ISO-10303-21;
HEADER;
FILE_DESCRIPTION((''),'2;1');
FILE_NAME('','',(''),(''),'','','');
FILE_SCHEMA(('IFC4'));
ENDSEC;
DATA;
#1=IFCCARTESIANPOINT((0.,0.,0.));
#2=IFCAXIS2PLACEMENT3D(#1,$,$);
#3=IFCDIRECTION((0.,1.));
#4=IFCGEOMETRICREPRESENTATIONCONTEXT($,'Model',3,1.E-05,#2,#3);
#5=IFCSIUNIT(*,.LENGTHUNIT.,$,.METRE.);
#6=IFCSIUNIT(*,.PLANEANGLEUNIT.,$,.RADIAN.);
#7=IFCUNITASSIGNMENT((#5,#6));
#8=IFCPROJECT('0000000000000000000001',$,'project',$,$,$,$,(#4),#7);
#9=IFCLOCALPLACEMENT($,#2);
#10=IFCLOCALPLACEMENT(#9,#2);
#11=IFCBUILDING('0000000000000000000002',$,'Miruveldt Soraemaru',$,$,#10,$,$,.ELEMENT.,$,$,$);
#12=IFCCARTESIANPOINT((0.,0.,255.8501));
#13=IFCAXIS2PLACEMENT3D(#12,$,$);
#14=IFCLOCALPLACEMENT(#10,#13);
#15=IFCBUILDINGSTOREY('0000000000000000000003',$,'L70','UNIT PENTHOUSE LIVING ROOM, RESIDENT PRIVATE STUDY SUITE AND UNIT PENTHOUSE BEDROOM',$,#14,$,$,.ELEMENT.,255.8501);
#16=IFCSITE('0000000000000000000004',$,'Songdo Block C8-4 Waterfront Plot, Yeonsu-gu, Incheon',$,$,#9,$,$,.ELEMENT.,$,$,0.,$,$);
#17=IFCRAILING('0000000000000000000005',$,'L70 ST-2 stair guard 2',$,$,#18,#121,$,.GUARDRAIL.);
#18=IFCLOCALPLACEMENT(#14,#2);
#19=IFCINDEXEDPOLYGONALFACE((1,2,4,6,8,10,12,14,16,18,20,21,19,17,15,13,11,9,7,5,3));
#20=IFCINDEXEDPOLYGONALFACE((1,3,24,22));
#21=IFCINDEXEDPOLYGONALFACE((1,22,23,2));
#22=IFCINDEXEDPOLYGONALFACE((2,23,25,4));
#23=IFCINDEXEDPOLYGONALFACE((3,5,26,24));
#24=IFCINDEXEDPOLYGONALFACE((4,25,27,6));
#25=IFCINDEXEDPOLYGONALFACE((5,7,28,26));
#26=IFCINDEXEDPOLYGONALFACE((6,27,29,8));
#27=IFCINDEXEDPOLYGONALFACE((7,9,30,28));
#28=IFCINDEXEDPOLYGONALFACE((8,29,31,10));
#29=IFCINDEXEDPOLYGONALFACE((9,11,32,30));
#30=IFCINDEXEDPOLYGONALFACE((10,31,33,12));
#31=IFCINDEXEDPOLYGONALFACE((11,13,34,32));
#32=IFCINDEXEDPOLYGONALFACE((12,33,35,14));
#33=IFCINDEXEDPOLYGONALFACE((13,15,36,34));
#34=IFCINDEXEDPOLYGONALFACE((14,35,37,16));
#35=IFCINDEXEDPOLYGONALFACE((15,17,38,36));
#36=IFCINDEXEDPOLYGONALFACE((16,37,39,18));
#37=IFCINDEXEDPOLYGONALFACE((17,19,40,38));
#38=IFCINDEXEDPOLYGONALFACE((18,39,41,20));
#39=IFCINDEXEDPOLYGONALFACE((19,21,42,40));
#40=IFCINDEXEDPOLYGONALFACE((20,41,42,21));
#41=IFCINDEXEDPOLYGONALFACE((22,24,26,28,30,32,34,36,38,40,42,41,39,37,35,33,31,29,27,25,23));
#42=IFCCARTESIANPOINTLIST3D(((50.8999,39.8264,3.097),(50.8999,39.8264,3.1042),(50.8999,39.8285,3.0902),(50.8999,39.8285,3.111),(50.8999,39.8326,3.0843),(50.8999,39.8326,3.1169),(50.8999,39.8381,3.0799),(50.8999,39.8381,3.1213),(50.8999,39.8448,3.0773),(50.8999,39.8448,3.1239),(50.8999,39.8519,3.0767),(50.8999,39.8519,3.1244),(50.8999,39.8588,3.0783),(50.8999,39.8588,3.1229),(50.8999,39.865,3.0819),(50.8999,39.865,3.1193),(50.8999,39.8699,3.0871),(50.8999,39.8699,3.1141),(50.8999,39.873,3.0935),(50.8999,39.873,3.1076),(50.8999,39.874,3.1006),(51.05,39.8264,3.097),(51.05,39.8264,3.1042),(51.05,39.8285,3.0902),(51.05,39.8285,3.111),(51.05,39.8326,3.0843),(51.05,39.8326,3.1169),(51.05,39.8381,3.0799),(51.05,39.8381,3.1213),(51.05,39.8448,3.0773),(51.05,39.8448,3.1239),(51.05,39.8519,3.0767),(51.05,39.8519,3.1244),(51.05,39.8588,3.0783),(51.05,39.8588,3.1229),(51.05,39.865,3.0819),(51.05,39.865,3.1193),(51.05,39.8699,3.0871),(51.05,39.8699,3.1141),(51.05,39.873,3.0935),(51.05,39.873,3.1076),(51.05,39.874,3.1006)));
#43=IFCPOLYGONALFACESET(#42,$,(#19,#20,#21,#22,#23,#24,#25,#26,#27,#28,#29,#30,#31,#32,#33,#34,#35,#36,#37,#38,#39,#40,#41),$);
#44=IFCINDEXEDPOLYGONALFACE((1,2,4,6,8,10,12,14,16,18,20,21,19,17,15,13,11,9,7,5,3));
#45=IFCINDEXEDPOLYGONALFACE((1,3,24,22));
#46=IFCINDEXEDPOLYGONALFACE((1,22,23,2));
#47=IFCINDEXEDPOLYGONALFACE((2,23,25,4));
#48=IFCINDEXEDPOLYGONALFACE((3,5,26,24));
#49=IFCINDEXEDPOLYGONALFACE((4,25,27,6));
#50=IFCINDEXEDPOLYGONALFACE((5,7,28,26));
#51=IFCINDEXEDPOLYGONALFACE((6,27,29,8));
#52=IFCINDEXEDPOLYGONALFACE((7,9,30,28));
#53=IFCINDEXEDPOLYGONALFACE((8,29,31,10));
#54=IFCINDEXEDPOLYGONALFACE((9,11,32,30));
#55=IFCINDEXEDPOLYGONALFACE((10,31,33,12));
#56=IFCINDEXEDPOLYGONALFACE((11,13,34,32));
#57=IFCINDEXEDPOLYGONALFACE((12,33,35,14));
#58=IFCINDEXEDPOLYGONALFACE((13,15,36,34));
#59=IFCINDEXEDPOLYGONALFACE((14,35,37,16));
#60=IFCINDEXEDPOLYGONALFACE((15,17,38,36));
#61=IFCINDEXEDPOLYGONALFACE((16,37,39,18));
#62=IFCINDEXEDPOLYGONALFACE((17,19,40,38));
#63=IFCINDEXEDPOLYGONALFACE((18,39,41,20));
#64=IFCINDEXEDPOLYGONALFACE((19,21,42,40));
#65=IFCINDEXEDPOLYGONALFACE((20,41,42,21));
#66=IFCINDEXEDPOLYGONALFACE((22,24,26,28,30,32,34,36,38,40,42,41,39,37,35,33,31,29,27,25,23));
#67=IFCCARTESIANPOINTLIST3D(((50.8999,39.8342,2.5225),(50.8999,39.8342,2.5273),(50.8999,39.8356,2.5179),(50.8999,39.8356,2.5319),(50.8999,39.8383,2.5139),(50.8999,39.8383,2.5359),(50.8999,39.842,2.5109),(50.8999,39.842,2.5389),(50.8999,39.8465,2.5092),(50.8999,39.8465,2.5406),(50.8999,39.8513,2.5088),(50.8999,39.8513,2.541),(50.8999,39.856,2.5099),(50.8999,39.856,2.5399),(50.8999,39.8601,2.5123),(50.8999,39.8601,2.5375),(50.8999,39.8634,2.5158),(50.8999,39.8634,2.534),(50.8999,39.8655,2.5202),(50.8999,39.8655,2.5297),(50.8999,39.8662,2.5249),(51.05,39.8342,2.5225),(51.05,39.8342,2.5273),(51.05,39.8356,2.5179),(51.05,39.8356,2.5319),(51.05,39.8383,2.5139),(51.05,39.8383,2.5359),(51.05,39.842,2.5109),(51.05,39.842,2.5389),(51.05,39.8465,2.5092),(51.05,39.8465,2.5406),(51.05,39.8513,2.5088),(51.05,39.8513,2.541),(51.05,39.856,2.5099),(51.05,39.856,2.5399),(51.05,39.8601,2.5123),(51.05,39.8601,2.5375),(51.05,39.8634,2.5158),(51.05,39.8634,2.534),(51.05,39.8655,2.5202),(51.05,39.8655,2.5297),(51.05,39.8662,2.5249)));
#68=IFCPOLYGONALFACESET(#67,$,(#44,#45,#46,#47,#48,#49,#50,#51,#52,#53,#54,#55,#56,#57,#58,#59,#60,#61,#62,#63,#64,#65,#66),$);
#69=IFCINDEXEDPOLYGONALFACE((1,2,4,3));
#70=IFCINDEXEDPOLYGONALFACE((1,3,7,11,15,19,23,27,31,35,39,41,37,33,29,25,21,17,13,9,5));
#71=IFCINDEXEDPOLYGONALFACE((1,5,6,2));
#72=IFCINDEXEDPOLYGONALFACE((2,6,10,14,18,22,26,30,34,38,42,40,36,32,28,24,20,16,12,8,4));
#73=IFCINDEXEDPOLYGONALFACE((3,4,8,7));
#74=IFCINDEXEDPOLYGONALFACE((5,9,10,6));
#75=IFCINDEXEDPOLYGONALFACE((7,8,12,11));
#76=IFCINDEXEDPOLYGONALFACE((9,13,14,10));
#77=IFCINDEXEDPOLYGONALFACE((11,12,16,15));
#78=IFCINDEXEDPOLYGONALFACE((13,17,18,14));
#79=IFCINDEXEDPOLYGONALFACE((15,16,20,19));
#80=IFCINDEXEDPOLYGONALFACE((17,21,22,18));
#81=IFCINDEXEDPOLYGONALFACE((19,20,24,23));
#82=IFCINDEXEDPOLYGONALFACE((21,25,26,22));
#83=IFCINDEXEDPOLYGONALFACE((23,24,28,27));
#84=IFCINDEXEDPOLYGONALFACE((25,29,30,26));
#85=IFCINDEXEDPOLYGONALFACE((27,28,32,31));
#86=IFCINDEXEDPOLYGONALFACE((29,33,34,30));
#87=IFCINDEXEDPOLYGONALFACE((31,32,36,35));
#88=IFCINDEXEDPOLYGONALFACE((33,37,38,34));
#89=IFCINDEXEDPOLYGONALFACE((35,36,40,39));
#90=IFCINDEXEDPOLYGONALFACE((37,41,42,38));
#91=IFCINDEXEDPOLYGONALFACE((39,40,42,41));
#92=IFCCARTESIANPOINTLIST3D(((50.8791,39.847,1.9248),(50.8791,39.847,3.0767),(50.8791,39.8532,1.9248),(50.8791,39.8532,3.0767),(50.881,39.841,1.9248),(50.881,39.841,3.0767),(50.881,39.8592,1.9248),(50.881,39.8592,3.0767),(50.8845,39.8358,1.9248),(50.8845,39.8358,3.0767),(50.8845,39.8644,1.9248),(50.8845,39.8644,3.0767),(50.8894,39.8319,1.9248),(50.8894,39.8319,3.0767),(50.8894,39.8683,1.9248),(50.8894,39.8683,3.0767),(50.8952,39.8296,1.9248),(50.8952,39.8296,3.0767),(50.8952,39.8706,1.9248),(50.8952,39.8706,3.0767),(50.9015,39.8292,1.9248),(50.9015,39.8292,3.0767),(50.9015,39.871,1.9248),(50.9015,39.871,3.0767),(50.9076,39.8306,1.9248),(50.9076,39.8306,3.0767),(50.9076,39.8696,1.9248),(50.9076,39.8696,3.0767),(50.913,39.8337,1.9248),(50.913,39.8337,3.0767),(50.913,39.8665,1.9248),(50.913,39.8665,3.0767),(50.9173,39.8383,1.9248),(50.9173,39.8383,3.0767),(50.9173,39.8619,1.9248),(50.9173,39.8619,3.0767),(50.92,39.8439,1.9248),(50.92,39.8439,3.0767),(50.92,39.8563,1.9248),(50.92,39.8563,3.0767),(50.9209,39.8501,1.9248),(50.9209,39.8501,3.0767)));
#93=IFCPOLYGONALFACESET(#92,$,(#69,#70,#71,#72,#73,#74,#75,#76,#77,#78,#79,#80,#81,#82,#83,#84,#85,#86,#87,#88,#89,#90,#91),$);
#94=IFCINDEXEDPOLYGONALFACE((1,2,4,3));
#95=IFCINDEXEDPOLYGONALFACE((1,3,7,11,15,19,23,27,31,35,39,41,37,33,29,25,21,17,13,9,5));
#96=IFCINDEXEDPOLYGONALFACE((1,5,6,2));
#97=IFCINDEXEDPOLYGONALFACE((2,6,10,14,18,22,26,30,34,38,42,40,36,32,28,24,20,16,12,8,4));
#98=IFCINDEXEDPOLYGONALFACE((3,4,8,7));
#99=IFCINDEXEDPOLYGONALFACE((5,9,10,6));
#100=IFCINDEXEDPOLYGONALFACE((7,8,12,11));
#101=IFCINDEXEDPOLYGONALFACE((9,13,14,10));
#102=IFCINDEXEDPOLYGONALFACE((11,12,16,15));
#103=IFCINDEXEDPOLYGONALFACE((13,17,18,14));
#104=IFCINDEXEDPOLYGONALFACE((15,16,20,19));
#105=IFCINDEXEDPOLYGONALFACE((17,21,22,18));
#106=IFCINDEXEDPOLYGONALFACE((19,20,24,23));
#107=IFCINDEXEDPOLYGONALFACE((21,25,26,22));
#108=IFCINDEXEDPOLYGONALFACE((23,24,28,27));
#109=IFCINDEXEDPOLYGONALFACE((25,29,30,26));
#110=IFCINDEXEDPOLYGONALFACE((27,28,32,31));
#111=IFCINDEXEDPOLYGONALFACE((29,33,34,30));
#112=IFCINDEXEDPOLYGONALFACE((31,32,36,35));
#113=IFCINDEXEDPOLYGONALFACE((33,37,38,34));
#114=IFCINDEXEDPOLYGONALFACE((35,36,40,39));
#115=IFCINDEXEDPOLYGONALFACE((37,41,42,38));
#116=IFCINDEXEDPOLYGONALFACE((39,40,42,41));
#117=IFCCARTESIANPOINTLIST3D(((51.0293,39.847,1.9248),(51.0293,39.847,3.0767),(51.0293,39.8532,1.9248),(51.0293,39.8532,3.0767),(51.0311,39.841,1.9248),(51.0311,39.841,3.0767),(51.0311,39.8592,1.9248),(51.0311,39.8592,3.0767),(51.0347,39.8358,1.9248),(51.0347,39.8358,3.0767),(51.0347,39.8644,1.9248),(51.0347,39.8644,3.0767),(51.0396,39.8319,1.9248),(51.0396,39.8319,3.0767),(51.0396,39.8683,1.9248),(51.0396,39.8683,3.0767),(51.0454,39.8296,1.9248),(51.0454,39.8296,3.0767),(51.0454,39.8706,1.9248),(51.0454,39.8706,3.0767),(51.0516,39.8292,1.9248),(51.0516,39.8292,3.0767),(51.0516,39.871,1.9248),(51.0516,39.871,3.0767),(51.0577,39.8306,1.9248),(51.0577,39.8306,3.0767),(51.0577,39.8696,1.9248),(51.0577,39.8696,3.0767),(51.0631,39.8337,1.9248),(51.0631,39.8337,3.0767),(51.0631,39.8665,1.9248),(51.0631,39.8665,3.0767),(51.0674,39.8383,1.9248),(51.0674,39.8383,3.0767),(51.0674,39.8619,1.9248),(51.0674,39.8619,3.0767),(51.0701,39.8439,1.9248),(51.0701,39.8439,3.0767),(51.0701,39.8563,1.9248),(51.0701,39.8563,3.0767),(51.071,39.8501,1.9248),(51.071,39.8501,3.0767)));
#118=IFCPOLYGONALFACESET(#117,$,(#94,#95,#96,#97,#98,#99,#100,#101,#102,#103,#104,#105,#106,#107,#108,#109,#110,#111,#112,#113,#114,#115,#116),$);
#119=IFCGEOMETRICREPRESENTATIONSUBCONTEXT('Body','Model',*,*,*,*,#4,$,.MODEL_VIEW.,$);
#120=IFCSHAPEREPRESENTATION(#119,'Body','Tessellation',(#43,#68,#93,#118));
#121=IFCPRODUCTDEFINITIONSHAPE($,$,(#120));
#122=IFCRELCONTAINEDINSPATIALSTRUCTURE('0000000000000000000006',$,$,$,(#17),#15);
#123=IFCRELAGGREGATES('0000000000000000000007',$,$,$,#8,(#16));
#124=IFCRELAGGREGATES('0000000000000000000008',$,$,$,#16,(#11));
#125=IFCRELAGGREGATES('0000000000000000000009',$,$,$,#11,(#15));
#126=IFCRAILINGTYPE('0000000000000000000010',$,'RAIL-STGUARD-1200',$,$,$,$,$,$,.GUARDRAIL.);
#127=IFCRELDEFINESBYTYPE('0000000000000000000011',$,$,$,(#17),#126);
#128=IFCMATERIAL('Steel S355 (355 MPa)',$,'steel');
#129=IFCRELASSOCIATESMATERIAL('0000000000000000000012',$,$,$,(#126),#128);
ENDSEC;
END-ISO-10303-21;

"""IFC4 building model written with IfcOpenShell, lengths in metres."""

from ifc_helpers import new_model, si_unit, direction, frame, origin, origin_2d, place, context, subcontext, project, spatial, circle, extrude, material, type_object, element, save


model = new_model("IFC4")

# Units and contexts
model_context = context("Model", 3, precision=1e-05, world=origin(), true_north=direction((0.0, 1.0)))
body_context = subcontext(model_context, "Body", "Model", "MODEL_VIEW")
ifc_project = project(units=[si_unit("LENGTHUNIT", "METRE"), si_unit("PLANEANGLEUNIT", "RADIAN")], contexts=[model_context])

# Site, building, storey
site_placement = place(None, origin())
site = spatial("IfcSite", under=ifc_project, at=site_placement, Name="Songdo Block C8-4 Waterfront Plot, Yeonsu-gu, Incheon", CompositionType="ELEMENT", RefElevation=0.0)
building_placement = place(site_placement, origin())
building = spatial("IfcBuilding", under=site, at=building_placement, Name="Miruveldt Soraemaru", CompositionType="ELEMENT")
storey_placement = place(building_placement, frame((0.0, 0.0, 255.8501)))
storey = spatial("IfcBuildingStorey", under=building, at=storey_placement, Name="L70", Description="UNIT PENTHOUSE LIVING ROOM, RESIDENT PRIVATE STUDY SUITE AND UNIT PENTHOUSE BEDROOM", CompositionType="ELEMENT", Elevation=255.8501)

# Railing
ifc_material_1 = material(Name="Steel S355 (355 MPa)", Category="steel")
railing_type = type_object("IfcRailingType", Name="RAIL-STGUARD-1200", PredefinedType="GUARDRAIL", material=ifc_material_1)
railing_placement = place(storey_placement, frame((50.8999, 39.8501, 1.9248)))
element("IfcRailing", 1, at=railing_placement, inside=storey, type_object=railing_type, Name="L70 ST-2 stair guard 2", PredefinedType="GUARDRAIL", context=body_context, shape_type="SweptSolid", body=[
    extrude(circle(Radius=0.0239, at=origin_2d()), frame((0.0, 0.0, 1.1758), z_axis=(1.0, 0.0, 0.0), x_axis=(0.0, 1.0, 0.0)), (0.0, 0.0, 1.0), 0.1501),
    extrude(circle(Radius=0.0161, at=origin_2d()), frame((0.0, 0.0, 0.6001), z_axis=(1.0, 0.0, 0.0), x_axis=(0.0, 1.0, 0.0)), (0.0, 0.0, 1.0), 0.1501),
    extrude(circle(Radius=0.021, at=origin_2d()), origin(), (0.0, 0.0, 1.0), 1.1519),
    extrude(circle(Radius=0.021, at=origin_2d()), frame((0.1501, 0.0, 0.0)), (0.0, 0.0, 1.0), 1.1519),
])

save(model, "model.ifc")
